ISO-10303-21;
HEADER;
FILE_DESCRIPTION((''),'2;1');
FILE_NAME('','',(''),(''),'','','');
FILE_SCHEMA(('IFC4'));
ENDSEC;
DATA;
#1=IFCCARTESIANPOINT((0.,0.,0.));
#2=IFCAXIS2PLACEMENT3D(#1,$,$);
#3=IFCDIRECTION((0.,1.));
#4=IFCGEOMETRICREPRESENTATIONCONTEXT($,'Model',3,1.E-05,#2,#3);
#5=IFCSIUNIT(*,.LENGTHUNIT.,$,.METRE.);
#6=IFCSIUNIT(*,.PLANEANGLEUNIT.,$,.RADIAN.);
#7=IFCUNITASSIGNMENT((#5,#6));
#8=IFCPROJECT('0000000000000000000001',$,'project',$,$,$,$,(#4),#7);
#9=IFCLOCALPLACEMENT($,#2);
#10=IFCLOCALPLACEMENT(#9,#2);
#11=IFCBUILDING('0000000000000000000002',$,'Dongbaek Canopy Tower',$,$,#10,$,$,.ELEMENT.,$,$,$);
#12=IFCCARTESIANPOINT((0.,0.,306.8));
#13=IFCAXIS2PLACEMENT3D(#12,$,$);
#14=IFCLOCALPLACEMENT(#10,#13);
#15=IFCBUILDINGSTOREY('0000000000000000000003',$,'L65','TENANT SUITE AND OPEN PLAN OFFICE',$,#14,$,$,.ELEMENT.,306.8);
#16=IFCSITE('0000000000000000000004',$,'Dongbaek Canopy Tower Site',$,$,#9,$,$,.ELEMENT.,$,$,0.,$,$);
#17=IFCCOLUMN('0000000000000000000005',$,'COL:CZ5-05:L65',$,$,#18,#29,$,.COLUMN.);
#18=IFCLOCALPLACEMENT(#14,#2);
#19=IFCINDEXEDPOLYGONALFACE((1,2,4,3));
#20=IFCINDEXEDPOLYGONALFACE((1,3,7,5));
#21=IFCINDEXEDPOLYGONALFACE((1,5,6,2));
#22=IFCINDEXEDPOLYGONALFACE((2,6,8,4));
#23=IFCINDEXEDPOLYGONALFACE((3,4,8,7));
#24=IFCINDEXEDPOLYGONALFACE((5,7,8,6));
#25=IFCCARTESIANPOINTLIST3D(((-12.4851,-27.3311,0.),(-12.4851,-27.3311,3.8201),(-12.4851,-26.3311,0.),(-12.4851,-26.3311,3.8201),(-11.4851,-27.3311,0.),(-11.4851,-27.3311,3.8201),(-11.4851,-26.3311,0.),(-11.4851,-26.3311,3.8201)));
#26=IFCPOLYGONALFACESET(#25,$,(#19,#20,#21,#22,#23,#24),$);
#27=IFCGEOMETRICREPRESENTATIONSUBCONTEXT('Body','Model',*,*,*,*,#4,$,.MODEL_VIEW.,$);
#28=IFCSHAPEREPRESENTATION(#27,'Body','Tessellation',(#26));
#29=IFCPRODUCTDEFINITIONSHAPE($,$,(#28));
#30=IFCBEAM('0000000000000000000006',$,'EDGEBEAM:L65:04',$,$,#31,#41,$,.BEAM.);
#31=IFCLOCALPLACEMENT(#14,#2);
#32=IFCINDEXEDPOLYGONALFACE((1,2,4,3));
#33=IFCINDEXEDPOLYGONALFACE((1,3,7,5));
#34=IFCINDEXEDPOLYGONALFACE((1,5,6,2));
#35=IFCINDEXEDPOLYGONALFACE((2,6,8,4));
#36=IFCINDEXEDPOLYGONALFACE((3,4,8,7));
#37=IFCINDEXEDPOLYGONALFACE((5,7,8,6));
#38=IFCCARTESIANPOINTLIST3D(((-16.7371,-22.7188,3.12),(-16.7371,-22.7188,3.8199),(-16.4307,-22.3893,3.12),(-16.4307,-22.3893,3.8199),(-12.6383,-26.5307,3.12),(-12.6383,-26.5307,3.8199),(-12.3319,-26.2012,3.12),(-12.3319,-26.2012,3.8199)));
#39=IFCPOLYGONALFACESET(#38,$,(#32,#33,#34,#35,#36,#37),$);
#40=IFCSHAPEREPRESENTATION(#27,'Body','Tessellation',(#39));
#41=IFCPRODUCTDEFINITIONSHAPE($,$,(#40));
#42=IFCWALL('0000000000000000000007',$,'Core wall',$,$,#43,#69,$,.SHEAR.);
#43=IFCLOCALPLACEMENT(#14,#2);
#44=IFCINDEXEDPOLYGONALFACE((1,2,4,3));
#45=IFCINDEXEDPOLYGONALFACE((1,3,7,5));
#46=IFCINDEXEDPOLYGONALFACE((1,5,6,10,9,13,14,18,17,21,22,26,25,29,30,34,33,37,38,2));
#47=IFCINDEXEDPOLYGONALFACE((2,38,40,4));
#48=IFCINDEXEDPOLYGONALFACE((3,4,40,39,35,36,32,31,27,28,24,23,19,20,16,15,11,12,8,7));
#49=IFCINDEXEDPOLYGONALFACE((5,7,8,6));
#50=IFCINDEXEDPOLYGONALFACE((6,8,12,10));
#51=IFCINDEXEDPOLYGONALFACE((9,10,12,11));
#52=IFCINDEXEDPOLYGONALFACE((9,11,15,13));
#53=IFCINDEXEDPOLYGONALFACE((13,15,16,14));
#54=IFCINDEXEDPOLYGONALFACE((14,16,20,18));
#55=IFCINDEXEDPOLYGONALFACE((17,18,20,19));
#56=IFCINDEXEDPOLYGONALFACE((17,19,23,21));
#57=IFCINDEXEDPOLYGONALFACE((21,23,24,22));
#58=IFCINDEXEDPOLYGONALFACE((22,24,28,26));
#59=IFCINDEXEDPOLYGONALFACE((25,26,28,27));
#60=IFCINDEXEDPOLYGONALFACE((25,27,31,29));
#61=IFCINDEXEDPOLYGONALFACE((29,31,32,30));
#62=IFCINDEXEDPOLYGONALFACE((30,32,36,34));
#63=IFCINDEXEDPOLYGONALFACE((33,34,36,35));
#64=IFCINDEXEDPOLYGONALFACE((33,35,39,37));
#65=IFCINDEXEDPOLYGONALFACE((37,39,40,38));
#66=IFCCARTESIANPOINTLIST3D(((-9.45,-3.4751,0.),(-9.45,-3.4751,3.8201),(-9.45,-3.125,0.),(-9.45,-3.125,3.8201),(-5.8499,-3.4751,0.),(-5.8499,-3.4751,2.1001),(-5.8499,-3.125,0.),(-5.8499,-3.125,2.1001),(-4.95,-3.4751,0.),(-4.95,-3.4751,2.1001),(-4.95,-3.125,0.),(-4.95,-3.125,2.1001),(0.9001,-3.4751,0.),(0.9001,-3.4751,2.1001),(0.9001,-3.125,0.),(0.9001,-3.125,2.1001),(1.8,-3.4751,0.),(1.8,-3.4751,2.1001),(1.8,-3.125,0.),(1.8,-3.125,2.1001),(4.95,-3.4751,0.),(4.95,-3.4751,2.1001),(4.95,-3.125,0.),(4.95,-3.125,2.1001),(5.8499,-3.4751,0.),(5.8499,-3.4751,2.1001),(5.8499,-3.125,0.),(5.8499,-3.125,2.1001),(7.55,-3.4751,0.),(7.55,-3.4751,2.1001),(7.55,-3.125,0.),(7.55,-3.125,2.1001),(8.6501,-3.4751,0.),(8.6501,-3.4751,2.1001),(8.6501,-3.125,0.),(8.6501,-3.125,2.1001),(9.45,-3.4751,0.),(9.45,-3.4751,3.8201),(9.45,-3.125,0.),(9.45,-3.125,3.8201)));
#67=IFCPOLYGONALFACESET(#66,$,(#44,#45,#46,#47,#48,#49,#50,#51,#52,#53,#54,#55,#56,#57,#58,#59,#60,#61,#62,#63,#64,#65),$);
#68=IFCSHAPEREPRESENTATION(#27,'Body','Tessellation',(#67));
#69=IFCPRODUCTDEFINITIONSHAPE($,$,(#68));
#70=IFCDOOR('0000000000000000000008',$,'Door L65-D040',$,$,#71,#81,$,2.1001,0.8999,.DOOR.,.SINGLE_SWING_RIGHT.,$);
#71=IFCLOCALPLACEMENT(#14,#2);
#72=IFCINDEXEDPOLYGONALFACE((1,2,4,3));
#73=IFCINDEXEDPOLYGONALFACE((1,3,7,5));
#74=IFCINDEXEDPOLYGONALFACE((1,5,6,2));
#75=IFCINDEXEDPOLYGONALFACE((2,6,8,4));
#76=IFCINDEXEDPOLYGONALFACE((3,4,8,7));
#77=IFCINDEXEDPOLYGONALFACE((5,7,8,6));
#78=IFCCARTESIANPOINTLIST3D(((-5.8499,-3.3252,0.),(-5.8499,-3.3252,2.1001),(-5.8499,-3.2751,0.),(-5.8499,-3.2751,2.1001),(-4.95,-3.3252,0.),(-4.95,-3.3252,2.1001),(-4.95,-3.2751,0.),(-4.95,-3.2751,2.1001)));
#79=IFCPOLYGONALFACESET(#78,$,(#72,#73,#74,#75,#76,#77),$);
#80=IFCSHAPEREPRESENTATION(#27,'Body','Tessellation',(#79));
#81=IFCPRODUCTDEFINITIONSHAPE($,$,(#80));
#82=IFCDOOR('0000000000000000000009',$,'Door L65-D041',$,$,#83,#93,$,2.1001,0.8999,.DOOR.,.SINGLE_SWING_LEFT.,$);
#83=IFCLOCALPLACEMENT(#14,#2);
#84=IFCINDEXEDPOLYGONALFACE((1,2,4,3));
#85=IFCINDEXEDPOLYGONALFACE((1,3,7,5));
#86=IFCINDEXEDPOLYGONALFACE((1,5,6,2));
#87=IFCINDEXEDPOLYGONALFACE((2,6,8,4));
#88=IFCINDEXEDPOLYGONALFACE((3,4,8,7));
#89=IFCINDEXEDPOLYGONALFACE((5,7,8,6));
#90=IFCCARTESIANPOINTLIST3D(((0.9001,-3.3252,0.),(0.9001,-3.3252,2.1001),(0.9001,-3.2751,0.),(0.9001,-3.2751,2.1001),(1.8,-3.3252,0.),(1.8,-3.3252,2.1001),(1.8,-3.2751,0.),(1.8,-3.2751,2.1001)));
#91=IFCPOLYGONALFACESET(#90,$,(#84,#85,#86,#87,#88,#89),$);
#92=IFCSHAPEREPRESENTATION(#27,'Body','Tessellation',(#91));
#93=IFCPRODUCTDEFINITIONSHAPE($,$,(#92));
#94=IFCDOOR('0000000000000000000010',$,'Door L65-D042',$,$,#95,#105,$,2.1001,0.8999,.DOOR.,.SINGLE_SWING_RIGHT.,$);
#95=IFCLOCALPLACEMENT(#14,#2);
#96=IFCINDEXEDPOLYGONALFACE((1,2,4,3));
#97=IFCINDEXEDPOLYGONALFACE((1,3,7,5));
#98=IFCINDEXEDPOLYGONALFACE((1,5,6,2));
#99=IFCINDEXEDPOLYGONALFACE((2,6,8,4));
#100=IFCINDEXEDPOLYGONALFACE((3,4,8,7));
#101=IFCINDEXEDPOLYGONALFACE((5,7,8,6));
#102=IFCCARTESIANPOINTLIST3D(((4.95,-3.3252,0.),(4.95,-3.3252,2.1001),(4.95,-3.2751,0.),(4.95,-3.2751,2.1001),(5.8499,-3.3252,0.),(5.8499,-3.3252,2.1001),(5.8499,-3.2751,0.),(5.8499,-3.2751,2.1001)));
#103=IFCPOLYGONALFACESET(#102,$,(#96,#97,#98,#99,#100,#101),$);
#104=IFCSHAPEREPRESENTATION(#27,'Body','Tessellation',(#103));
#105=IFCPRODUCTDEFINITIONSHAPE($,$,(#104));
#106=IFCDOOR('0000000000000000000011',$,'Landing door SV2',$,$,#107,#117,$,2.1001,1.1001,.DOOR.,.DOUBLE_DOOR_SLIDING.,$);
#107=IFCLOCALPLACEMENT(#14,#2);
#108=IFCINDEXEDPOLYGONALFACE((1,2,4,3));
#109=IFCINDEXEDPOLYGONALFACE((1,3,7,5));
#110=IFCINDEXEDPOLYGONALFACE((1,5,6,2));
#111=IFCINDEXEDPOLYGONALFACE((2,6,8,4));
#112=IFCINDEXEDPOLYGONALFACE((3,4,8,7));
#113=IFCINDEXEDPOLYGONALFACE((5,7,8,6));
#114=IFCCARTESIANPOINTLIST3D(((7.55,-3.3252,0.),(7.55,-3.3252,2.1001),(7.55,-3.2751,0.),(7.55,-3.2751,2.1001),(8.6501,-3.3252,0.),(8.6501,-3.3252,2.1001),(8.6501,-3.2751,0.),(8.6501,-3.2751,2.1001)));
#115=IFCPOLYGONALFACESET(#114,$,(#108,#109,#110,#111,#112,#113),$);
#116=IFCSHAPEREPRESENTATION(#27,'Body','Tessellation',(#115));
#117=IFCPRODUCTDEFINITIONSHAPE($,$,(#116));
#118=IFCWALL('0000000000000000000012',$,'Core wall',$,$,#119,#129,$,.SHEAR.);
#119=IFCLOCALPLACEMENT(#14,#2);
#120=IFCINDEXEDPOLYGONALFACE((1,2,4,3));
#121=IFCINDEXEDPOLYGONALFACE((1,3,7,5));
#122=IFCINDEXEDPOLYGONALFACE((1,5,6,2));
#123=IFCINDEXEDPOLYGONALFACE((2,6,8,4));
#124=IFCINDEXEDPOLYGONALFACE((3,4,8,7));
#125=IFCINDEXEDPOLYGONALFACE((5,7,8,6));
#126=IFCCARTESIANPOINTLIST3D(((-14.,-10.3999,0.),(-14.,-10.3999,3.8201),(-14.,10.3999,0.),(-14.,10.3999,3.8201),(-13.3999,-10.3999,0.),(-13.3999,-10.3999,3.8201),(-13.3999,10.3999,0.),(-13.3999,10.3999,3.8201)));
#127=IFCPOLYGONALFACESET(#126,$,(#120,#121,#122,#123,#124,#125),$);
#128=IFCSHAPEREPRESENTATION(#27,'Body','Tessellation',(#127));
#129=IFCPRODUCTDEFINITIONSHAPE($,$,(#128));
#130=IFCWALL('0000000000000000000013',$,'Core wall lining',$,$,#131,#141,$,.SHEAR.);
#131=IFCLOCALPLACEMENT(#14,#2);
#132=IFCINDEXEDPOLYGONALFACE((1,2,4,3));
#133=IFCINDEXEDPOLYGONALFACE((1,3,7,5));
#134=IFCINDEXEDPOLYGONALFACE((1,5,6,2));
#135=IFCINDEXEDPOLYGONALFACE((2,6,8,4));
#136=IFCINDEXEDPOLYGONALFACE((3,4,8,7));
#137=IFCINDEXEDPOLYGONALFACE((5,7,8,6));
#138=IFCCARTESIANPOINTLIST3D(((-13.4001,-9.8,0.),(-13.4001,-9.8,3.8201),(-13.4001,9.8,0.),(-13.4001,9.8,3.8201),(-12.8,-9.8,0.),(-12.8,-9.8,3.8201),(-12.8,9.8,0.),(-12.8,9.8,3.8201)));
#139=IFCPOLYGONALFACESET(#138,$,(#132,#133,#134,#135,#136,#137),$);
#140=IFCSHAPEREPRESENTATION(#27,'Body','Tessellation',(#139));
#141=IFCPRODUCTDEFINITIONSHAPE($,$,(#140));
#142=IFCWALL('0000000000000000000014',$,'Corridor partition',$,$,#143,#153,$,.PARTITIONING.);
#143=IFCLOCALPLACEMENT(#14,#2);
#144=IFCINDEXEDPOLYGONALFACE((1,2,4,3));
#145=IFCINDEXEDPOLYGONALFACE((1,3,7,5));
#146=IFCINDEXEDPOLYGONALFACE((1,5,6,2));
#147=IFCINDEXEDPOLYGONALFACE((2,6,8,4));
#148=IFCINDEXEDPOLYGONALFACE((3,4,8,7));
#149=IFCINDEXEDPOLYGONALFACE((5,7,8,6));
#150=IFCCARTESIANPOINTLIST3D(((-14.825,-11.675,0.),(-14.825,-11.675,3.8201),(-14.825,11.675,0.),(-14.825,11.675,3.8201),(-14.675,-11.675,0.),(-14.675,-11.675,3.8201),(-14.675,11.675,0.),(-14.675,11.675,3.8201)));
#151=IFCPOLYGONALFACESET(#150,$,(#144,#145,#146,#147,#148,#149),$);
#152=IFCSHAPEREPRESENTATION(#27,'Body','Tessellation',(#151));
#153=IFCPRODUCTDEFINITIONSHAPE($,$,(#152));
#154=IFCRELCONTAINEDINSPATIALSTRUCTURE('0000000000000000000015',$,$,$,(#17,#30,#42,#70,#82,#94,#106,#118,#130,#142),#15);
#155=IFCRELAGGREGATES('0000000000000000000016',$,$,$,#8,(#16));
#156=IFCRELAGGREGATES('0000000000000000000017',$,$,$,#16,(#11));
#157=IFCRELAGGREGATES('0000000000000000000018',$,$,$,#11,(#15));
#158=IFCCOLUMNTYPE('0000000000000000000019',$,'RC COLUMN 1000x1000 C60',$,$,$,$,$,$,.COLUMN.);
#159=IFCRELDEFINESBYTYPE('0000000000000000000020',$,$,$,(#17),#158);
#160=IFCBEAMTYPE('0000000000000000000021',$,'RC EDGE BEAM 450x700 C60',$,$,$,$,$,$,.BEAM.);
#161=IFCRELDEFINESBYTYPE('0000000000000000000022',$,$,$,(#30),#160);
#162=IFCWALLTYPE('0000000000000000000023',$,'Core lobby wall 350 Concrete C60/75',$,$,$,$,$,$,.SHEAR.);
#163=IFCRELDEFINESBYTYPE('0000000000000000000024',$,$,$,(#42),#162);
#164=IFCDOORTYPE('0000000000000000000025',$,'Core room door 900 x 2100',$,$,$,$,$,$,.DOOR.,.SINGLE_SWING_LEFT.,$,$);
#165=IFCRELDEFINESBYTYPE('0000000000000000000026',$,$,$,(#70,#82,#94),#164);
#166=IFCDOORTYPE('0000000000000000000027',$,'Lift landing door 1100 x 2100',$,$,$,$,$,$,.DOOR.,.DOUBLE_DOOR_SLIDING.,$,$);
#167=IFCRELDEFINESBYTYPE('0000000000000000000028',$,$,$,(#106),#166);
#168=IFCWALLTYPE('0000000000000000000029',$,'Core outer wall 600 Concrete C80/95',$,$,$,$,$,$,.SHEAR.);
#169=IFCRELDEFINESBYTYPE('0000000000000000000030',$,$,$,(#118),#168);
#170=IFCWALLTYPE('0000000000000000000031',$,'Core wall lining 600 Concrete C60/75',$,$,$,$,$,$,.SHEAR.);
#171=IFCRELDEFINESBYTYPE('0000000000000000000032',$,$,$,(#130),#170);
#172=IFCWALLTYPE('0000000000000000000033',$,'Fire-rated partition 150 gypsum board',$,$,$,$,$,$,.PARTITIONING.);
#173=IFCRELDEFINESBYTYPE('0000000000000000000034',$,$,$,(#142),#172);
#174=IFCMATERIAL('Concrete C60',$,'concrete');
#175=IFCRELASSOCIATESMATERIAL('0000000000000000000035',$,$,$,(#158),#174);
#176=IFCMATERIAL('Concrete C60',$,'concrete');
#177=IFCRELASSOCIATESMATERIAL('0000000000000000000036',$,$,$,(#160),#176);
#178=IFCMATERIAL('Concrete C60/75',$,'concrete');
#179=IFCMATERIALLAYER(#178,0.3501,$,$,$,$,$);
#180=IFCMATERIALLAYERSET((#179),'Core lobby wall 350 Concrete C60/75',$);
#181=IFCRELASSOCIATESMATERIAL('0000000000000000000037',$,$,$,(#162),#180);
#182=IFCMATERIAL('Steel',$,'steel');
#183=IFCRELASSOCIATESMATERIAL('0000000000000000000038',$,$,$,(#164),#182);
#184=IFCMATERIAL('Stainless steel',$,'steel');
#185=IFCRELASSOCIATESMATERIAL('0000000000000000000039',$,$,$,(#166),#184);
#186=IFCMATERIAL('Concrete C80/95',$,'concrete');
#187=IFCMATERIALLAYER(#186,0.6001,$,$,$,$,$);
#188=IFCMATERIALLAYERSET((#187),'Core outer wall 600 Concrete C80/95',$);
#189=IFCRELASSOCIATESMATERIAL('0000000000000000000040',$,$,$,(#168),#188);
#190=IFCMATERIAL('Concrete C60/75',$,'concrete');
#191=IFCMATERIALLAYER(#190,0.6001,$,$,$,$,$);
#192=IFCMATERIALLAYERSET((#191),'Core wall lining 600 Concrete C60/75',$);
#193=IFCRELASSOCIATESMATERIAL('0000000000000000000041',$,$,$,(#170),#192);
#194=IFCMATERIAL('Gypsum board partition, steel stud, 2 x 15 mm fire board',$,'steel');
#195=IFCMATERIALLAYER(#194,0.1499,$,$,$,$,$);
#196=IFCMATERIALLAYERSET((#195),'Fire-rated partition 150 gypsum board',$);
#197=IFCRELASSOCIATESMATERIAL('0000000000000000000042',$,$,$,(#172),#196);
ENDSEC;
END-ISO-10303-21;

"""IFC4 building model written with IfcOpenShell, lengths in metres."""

from ifc_helpers import new_model, si_unit, direction, frame, frame_2d, origin, origin_2d, place, context, subcontext, project, spatial, rectangle, extrude, material, layer, layer_set, material_profile, profile_set, type_object, element, fill, save


model = new_model("IFC4")

# Units and contexts
model_context = context("Model", 3, precision=1e-05, world=origin(), true_north=direction((0.0, 1.0)))
body_context = subcontext(model_context, "Body", "Model", "MODEL_VIEW")
ifc_project = project(units=[si_unit("LENGTHUNIT", "METRE"), si_unit("PLANEANGLEUNIT", "RADIAN")], contexts=[model_context])

# Site, building, storey
site_placement = place(None, origin())
site = spatial("IfcSite", under=ifc_project, at=site_placement, Name="Dongbaek Canopy Tower Site", CompositionType="ELEMENT", RefElevation=0.0)
building_placement = place(site_placement, origin())
building = spatial("IfcBuilding", under=site, at=building_placement, Name="Dongbaek Canopy Tower", CompositionType="ELEMENT")
storey_placement = place(building_placement, frame((0.0, 0.0, 306.8)))
storey = spatial("IfcBuildingStorey", under=building, at=storey_placement, Name="L65", Description="TENANT SUITE AND OPEN PLAN OFFICE", CompositionType="ELEMENT", Elevation=306.8)

# Column
ifc_material_1 = material(Name="Concrete C60", Category="concrete")
ifc_material_profile_1 = material_profile(ifc_material_1, rectangle(XDim=1.0, YDim=1.0, at=origin_2d()), Name="RC COLUMN 1000x1000 C60")
ifc_profile_set_1 = profile_set([ifc_material_profile_1], Name="Concrete C60")
column_type = type_object("IfcColumnType", Name="RC COLUMN 1000x1000 C60", PredefinedType="COLUMN", material=ifc_profile_set_1)
column_placement = place(storey_placement, frame((-11.9851, -26.8311, 0.0), z_axis=(0.0, 0.0, 1.0), x_axis=(1.0, 0.0, 0.0)))
element("IfcColumn", 1, at=column_placement, inside=storey, type_object=column_type, Name="COL:CZ5-05:L65", PredefinedType="COLUMN", context=body_context, shape_type="SweptSolid", body=[
    extrude(rectangle(XDim=1.0, YDim=1.0, at=origin_2d()), origin(), (0.0, 0.0, 1.0), 3.8201),
])

# Beam
ifc_material_2 = material(Name="Concrete C60", Category="concrete")
ifc_material_profile_2 = material_profile(ifc_material_2, rectangle(XDim=0.45, YDim=0.7, at=origin_2d()), Name="RC EDGE BEAM 450x700 C60")
ifc_profile_set_2 = profile_set([ifc_material_profile_2], Name="Concrete C60")
beam_type = type_object("IfcBeamType", Name="RC EDGE BEAM 450x700 C60", PredefinedType="BEAM", material=ifc_profile_set_2)
beam_placement = place(storey_placement, frame((-12.4851, -26.366, 3.47), z_axis=(-0.732267, 0.681018, 0.0), x_axis=(-0.681018, -0.732267, 0.0)))
element("IfcBeam", 2, at=beam_placement, inside=storey, type_object=beam_type, Name="EDGEBEAM:L65:04", PredefinedType="BEAM", context=body_context, shape_type="SweptSolid", body=[
    extrude(rectangle(XDim=0.45, YDim=0.7, at=origin_2d()), origin(), (0.0, 0.0, 1.0), 5.5974),
])

# Wall, openings, doors
ifc_material_3 = material(Name="Concrete C60/75", Category="concrete")
ifc_layer_1 = layer(ifc_material_3, 0.3501)
ifc_layer_set_1 = layer_set([ifc_layer_1], Name="Core lobby wall 350 Concrete C60/75")
wall_type_1 = type_object("IfcWallType", Name="Core lobby wall 350 Concrete C60/75", PredefinedType="SHEAR", material=ifc_layer_set_1)
wall_1_placement = place(storey_placement, frame((-9.45, -3.3, 0.0), z_axis=(0.0, 0.0, 1.0), x_axis=(1.0, 0.0, 0.0)))
wall_1 = element("IfcWall", 3, at=wall_1_placement, inside=storey, type_object=wall_type_1, Name="Core wall", PredefinedType="SHEAR", context=body_context, shape_type="SweptSolid", body=[
    extrude(rectangle(XDim=18.8999, YDim=0.3501, at=frame_2d((9.45, 0.0))), origin(), (0.0, 0.0, 1.0), 3.8201),
])
opening_1_placement = place(wall_1_placement, frame((17.0, 0.0, 0.0)))
opening_1 = element("IfcOpeningElement", 4, at=opening_1_placement, cuts=wall_1, PredefinedType="OPENING", context=body_context, shape_type="SweptSolid", body=[
    extrude(rectangle(XDim=1.1001, YDim=2.1001, at=frame_2d((0.55, 1.05))), frame((0.0, 0.1851, 0.0), z_axis=(0.0, -1.0, 0.0), x_axis=(1.0, 0.0, 0.0)), (0.0, 0.0, 1.0), 0.3701),
])
opening_2_placement = place(wall_1_placement, frame((3.6001, 0.0, 0.0)))
opening_2 = element("IfcOpeningElement", 5, at=opening_2_placement, cuts=wall_1, PredefinedType="OPENING", context=body_context, shape_type="SweptSolid", body=[
    extrude(rectangle(XDim=0.8999, YDim=2.1001, at=frame_2d((0.45, 1.05))), frame((0.0, 0.1851, 0.0), z_axis=(0.0, -1.0, 0.0), x_axis=(1.0, 0.0, 0.0)), (0.0, 0.0, 1.0), 0.3701),
])
opening_3_placement = place(wall_1_placement, frame((10.3501, 0.0, 0.0)))
opening_3 = element("IfcOpeningElement", 6, at=opening_3_placement, cuts=wall_1, PredefinedType="OPENING", context=body_context, shape_type="SweptSolid", body=[
    extrude(rectangle(XDim=0.8999, YDim=2.1001, at=frame_2d((0.45, 1.05))), frame((0.0, 0.1851, 0.0), z_axis=(0.0, -1.0, 0.0), x_axis=(1.0, 0.0, 0.0)), (0.0, 0.0, 1.0), 0.3701),
])
opening_4_placement = place(wall_1_placement, frame((14.3999, 0.0, 0.0)))
opening_4 = element("IfcOpeningElement", 7, at=opening_4_placement, cuts=wall_1, PredefinedType="OPENING", context=body_context, shape_type="SweptSolid", body=[
    extrude(rectangle(XDim=0.8999, YDim=2.1001, at=frame_2d((0.45, 1.05))), frame((0.0, 0.1851, 0.0), z_axis=(0.0, -1.0, 0.0), x_axis=(1.0, 0.0, 0.0)), (0.0, 0.0, 1.0), 0.3701),
])
ifc_material_4 = material(Name="Steel", Category="steel")
door_type_1 = type_object("IfcDoorType", Name="Core room door 900 x 2100", OperationType="SINGLE_SWING_LEFT", PredefinedType="DOOR", material=ifc_material_4)
door_1_placement = place(opening_2_placement, origin())
door_1 = element("IfcDoor", 8, at=door_1_placement, inside=storey, type_object=door_type_1, Name="Door L65-D040", OperationType="SINGLE_SWING_RIGHT", OverallHeight=2.1001, OverallWidth=0.8999, PredefinedType="DOOR", context=body_context, shape_type="SweptSolid", body=[
    extrude(rectangle(XDim=0.8999, YDim=2.1001, at=frame_2d((0.45, 1.05))), frame((0.0, 0.0249, 0.0), z_axis=(0.0, -1.0, 0.0), x_axis=(1.0, 0.0, 0.0)), (0.0, 0.0, 1.0), 0.05),
])
fill(opening_2, door_1)
door_2_placement = place(opening_3_placement, origin())
door_2 = element("IfcDoor", 9, at=door_2_placement, inside=storey, type_object=door_type_1, Name="Door L65-D041", OperationType="SINGLE_SWING_LEFT", OverallHeight=2.1001, OverallWidth=0.8999, PredefinedType="DOOR", context=body_context, shape_type="SweptSolid", body=[
    extrude(rectangle(XDim=0.8999, YDim=2.1001, at=frame_2d((0.45, 1.05))), frame((0.0, 0.0249, 0.0), z_axis=(0.0, -1.0, 0.0), x_axis=(1.0, 0.0, 0.0)), (0.0, 0.0, 1.0), 0.05),
])
fill(opening_3, door_2)
door_3_placement = place(opening_4_placement, origin())
door_3 = element("IfcDoor", 10, at=door_3_placement, inside=storey, type_object=door_type_1, Name="Door L65-D042", OperationType="SINGLE_SWING_RIGHT", OverallHeight=2.1001, OverallWidth=0.8999, PredefinedType="DOOR", context=body_context, shape_type="SweptSolid", body=[
    extrude(rectangle(XDim=0.8999, YDim=2.1001, at=frame_2d((0.45, 1.05))), frame((0.0, 0.0249, 0.0), z_axis=(0.0, -1.0, 0.0), x_axis=(1.0, 0.0, 0.0)), (0.0, 0.0, 1.0), 0.05),
])
fill(opening_4, door_3)
ifc_material_5 = material(Name="Stainless steel", Category="steel")
door_type_2 = type_object("IfcDoorType", Name="Lift landing door 1100 x 2100", OperationType="DOUBLE_DOOR_SLIDING", PredefinedType="DOOR", material=ifc_material_5)
door_4_placement = place(opening_1_placement, origin())
door_4 = element("IfcDoor", 11, at=door_4_placement, inside=storey, type_object=door_type_2, Name="Landing door SV2", OperationType="DOUBLE_DOOR_SLIDING", OverallHeight=2.1001, OverallWidth=1.1001, PredefinedType="DOOR", context=body_context, shape_type="SweptSolid", body=[
    extrude(rectangle(XDim=1.1001, YDim=2.1001, at=frame_2d((0.55, 1.05))), frame((0.0, 0.0249, 0.0), z_axis=(0.0, -1.0, 0.0), x_axis=(1.0, 0.0, 0.0)), (0.0, 0.0, 1.0), 0.05),
])
fill(opening_1, door_4)

# Walls
ifc_material_6 = material(Name="Concrete C80/95", Category="concrete")
ifc_layer_2 = layer(ifc_material_6, 0.6001)
ifc_layer_set_2 = layer_set([ifc_layer_2], Name="Core outer wall 600 Concrete C80/95")
wall_type_2 = type_object("IfcWallType", Name="Core outer wall 600 Concrete C80/95", PredefinedType="SHEAR", material=ifc_layer_set_2)
wall_2_placement = place(storey_placement, frame((-13.7, -10.3999, 0.0), z_axis=(0.0, 0.0, 1.0), x_axis=(0.0, 1.0, 0.0)))
element("IfcWall", 12, at=wall_2_placement, inside=storey, type_object=wall_type_2, Name="Core wall", PredefinedType="SHEAR", context=body_context, shape_type="SweptSolid", body=[
    extrude(rectangle(XDim=20.7998, YDim=0.6001, at=frame_2d((10.3999, 0.0))), origin(), (0.0, 0.0, 1.0), 3.8201),
])
ifc_material_7 = material(Name="Concrete C60/75", Category="concrete")
ifc_layer_3 = layer(ifc_material_7, 0.6001)
ifc_layer_set_3 = layer_set([ifc_layer_3], Name="Core wall lining 600 Concrete C60/75")
wall_type_3 = type_object("IfcWallType", Name="Core wall lining 600 Concrete C60/75", PredefinedType="SHEAR", material=ifc_layer_set_3)
wall_3_placement = place(storey_placement, frame((-13.1001, -9.8, 0.0), z_axis=(0.0, 0.0, 1.0), x_axis=(0.0, 1.0, 0.0)))
element("IfcWall", 13, at=wall_3_placement, inside=storey, type_object=wall_type_3, Name="Core wall lining", PredefinedType="SHEAR", context=body_context, shape_type="SweptSolid", body=[
    extrude(rectangle(XDim=19.6001, YDim=0.6001, at=frame_2d((9.8, 0.0))), origin(), (0.0, 0.0, 1.0), 3.8201),
])
ifc_material_8 = material(Name="Gypsum board partition, steel stud, 2 x 15 mm fire board", Category="steel")
ifc_layer_4 = layer(ifc_material_8, 0.1499)
ifc_layer_set_4 = layer_set([ifc_layer_4], Name="Fire-rated partition 150 gypsum board")
wall_type_4 = type_object("IfcWallType", Name="Fire-rated partition 150 gypsum board", PredefinedType="PARTITIONING", material=ifc_layer_set_4)
wall_4_placement = place(storey_placement, frame((-14.75, -11.675, 0.0), z_axis=(0.0, 0.0, 1.0), x_axis=(0.0, 1.0, 0.0)))
element("IfcWall", 14, at=wall_4_placement, inside=storey, type_object=wall_type_4, Name="Corridor partition", PredefinedType="PARTITIONING", context=body_context, shape_type="SweptSolid", body=[
    extrude(rectangle(XDim=23.3501, YDim=0.1499, at=frame_2d((11.675, 0.0))), origin(), (0.0, 0.0, 1.0), 3.8201),
])

save(model, "model.ifc")
